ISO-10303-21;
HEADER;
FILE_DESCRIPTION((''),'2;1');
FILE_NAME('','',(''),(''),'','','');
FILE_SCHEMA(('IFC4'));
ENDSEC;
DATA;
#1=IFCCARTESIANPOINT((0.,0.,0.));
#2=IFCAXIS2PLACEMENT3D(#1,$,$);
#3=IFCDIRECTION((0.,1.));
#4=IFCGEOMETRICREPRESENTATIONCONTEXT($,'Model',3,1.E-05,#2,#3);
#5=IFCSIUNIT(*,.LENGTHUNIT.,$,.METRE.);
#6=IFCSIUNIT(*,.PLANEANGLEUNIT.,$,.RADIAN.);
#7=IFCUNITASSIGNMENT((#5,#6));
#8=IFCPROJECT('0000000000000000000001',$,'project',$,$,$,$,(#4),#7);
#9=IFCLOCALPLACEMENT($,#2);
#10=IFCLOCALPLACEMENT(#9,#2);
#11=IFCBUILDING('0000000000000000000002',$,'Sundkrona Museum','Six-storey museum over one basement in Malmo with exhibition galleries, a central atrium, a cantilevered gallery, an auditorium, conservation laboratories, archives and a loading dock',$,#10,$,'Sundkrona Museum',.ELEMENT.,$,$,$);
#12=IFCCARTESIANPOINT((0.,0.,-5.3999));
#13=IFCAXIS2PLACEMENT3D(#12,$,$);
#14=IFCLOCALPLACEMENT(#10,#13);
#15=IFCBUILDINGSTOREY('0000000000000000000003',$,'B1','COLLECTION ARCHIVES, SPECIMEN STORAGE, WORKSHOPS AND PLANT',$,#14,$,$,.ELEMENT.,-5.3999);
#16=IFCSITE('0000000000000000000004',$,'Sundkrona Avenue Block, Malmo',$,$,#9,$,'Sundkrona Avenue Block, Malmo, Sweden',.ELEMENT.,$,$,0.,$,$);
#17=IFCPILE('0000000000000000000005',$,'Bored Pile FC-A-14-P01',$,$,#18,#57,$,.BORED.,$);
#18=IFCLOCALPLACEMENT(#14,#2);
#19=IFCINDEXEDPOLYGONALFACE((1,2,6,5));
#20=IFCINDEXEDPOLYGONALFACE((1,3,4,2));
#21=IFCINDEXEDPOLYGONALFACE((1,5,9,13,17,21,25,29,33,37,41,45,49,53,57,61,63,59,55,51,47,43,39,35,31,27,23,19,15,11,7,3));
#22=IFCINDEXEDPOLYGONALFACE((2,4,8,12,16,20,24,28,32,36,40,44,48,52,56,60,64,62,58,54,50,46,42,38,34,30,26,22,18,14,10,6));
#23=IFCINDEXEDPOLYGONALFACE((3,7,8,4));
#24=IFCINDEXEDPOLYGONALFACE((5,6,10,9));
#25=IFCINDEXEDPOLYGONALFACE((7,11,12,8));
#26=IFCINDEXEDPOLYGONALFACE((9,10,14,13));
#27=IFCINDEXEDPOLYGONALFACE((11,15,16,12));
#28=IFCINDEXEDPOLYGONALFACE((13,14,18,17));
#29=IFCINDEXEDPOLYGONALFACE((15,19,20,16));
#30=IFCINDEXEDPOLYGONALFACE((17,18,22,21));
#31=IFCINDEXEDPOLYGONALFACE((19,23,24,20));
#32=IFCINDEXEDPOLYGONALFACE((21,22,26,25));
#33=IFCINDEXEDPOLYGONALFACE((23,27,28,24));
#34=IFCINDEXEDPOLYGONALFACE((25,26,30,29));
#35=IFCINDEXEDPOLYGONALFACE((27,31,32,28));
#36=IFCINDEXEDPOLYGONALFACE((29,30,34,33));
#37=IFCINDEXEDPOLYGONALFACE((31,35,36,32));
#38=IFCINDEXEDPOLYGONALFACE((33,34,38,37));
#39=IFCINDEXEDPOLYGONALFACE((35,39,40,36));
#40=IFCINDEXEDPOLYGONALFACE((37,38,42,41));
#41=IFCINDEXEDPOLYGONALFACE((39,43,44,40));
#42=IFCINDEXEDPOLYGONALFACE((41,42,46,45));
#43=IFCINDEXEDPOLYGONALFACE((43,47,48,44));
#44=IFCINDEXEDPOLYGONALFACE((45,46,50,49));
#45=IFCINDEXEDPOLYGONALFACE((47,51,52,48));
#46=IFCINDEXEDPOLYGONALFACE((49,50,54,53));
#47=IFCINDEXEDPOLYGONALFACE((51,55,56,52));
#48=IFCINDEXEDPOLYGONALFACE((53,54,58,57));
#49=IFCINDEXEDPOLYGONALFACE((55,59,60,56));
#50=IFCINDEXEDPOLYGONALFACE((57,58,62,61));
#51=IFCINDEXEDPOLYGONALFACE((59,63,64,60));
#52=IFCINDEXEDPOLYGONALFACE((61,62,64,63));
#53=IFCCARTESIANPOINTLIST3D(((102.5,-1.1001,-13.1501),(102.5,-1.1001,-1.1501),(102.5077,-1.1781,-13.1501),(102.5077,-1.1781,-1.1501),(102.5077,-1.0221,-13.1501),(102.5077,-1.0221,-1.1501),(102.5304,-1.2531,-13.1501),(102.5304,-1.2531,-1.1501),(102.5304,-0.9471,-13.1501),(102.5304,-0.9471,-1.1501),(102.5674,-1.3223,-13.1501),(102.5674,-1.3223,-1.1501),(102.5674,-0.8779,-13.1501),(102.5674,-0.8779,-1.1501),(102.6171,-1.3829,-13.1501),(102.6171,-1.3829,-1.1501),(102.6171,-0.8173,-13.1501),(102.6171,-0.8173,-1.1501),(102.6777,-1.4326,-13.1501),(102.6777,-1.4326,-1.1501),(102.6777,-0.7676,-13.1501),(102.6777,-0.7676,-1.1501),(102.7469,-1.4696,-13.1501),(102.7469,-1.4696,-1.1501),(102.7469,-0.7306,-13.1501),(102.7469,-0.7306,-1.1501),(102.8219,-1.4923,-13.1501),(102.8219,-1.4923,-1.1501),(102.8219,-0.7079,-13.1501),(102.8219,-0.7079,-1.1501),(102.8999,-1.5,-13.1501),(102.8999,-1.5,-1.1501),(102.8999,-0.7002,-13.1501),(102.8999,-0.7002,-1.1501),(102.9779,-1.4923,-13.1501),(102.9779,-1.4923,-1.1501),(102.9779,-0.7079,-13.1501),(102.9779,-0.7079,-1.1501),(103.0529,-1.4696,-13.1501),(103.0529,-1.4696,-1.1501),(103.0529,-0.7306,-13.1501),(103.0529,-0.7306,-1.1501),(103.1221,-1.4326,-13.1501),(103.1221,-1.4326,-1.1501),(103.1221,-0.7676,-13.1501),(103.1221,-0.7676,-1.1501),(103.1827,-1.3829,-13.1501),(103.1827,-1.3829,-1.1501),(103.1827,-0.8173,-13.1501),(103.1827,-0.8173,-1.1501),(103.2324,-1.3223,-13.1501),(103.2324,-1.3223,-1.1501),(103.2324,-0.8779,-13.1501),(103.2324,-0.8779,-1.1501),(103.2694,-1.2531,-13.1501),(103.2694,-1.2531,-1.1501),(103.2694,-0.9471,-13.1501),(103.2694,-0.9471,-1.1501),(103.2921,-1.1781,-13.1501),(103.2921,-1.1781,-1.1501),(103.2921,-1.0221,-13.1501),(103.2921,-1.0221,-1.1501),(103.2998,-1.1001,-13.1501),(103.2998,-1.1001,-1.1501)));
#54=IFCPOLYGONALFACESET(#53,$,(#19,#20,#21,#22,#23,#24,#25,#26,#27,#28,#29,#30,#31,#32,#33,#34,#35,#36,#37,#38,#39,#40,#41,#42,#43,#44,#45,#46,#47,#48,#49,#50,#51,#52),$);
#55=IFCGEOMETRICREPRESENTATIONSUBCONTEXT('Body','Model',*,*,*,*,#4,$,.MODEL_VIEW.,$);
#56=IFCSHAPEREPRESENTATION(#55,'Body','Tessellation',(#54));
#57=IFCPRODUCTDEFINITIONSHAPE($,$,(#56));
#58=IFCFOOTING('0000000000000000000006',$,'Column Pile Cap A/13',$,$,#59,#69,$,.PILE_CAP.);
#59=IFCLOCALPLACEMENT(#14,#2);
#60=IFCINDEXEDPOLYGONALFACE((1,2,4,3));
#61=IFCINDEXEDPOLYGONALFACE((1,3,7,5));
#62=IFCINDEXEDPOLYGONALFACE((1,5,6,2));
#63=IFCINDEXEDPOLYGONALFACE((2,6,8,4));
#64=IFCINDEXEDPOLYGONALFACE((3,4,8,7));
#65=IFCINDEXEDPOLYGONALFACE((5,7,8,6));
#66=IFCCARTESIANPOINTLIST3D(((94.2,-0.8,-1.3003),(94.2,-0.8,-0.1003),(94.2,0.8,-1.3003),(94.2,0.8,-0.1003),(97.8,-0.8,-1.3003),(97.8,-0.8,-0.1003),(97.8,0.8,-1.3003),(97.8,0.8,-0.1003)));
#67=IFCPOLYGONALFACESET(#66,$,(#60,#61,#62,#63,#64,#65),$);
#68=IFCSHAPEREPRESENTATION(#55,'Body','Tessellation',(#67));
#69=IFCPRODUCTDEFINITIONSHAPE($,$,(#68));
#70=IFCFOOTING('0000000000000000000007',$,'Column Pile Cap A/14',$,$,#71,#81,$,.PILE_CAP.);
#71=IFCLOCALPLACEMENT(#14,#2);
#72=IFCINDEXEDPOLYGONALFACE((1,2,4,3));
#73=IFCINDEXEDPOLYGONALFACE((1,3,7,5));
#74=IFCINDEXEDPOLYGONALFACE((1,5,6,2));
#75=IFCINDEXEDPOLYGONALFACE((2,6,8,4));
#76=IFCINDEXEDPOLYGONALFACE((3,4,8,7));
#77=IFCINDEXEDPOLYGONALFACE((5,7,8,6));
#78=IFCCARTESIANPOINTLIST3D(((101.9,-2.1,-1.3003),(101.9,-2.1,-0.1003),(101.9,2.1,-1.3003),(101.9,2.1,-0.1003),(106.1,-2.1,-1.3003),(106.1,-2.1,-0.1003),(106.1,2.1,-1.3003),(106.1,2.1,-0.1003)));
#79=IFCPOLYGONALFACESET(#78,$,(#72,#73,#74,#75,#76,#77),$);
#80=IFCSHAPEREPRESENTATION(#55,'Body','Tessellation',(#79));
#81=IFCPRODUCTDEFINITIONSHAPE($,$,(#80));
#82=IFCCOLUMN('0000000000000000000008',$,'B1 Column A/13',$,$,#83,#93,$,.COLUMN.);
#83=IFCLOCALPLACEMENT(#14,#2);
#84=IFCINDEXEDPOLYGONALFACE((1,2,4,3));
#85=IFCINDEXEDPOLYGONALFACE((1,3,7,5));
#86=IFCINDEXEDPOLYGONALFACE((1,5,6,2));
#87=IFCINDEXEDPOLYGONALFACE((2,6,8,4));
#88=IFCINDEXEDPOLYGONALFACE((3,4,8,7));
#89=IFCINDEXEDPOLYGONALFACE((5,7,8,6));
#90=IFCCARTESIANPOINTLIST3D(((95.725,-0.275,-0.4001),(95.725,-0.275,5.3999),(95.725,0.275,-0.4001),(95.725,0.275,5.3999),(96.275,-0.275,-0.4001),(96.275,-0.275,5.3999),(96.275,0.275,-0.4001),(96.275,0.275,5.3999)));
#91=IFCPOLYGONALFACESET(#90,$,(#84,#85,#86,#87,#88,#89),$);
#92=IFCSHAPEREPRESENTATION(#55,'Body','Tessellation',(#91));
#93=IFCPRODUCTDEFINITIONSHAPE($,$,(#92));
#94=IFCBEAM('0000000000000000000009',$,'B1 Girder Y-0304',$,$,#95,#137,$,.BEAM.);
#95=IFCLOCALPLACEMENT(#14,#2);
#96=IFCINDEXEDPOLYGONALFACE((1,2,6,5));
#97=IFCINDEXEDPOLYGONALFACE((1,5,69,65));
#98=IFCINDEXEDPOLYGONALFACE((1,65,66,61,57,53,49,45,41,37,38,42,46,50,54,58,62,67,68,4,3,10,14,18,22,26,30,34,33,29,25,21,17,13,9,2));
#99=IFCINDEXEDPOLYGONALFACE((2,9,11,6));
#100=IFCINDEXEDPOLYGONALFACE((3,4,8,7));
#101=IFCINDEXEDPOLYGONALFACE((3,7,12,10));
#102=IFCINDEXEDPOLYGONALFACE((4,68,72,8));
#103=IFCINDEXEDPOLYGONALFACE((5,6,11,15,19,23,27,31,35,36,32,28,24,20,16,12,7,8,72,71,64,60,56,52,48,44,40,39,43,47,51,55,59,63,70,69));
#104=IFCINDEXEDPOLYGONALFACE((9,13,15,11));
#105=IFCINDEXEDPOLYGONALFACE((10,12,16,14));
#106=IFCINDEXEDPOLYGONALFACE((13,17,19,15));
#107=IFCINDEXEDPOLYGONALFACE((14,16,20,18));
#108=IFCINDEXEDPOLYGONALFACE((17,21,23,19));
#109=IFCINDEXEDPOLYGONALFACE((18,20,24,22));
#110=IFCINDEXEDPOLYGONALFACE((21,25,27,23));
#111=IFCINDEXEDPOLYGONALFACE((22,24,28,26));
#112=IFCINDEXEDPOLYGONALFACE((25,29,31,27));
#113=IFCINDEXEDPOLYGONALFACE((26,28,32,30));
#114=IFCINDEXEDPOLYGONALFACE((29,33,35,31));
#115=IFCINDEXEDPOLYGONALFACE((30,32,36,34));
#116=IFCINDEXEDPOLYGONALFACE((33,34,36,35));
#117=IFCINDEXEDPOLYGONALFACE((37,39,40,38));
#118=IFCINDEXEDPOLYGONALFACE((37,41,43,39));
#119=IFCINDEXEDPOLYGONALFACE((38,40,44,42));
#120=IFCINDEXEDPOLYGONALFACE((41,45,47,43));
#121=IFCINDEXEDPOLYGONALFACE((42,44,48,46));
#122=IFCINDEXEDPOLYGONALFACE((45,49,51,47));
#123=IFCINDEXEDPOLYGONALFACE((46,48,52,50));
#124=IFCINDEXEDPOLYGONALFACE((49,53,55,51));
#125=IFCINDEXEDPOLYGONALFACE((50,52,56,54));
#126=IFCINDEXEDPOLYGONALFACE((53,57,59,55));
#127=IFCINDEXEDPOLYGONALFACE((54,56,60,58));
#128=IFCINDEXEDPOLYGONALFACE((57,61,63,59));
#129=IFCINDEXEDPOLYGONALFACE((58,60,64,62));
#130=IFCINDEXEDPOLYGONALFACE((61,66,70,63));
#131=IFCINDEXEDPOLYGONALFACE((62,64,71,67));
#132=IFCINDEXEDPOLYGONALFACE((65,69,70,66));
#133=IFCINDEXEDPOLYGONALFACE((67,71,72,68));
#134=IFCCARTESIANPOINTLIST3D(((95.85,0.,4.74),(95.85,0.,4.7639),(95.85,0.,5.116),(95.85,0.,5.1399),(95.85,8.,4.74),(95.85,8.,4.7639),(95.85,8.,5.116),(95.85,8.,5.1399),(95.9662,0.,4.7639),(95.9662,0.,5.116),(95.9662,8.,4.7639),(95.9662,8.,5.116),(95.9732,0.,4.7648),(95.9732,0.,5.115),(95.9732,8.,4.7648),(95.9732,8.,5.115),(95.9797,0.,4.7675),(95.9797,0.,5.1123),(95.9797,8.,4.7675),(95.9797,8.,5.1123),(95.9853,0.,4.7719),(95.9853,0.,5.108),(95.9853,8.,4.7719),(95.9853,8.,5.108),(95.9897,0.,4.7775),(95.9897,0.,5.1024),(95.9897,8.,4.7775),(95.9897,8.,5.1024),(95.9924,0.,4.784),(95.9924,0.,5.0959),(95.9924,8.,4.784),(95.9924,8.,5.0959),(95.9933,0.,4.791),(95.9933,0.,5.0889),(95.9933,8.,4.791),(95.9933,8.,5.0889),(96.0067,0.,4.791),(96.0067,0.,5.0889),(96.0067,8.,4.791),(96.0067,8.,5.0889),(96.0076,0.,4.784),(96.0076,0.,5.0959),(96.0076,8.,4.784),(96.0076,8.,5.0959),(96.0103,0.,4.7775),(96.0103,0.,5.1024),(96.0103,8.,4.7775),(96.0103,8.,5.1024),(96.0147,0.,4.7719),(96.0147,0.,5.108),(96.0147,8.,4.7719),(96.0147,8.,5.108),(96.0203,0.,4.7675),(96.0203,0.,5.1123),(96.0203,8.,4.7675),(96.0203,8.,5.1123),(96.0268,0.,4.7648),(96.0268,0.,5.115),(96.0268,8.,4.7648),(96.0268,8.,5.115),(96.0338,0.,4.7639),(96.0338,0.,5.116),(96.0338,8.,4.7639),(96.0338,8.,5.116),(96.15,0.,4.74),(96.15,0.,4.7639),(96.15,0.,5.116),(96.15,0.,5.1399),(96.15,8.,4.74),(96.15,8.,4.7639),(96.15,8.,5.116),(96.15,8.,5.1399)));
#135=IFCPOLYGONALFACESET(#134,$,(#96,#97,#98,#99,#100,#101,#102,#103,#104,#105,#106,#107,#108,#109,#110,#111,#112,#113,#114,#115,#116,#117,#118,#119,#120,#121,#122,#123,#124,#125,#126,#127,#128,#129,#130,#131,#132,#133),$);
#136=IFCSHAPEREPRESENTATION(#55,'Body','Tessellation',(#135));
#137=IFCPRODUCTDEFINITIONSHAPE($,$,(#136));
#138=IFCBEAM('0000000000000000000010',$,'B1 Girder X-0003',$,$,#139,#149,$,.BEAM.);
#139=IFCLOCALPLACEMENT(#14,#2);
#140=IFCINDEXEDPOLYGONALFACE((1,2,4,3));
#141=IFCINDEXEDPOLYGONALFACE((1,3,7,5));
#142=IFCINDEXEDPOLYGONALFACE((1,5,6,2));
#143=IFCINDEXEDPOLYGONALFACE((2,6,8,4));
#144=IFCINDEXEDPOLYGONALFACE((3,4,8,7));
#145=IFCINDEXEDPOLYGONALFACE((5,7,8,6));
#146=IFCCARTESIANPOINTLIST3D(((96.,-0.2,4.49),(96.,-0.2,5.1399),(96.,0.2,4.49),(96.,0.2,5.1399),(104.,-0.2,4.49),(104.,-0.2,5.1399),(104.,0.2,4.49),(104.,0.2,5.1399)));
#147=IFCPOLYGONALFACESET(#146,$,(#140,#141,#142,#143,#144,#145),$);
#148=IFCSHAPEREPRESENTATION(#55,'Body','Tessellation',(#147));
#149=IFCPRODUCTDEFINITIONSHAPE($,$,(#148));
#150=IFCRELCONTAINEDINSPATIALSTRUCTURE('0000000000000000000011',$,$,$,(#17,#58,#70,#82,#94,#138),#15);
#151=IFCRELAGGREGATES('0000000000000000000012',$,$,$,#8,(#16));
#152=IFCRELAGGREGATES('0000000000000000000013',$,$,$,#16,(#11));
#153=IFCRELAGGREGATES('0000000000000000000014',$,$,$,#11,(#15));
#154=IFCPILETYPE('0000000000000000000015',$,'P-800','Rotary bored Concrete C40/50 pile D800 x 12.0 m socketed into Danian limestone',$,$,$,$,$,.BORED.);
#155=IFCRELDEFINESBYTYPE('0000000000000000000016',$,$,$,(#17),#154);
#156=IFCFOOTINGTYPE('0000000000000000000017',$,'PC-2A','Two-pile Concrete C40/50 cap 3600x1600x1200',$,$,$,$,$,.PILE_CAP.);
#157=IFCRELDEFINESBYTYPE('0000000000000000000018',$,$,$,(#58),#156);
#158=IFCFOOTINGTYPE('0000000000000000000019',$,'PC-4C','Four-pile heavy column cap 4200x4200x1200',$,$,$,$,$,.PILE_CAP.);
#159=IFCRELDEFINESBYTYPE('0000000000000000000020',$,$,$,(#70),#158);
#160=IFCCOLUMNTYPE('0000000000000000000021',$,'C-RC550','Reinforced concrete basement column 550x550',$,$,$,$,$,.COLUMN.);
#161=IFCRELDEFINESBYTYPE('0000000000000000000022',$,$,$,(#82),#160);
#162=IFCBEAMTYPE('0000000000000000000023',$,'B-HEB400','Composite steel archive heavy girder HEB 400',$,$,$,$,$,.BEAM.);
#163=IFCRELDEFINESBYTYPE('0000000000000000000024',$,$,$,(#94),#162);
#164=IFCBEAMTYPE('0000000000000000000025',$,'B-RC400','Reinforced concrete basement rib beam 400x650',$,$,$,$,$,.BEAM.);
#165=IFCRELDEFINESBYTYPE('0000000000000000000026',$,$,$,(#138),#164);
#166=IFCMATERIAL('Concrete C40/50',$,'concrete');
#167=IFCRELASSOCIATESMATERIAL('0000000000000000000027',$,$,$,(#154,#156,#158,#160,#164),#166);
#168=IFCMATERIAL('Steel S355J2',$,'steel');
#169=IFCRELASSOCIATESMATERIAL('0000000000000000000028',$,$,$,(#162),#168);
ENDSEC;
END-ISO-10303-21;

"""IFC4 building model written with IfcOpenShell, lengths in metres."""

from ifc_helpers import new_model, si_unit, direction, frame, origin, origin_2d, place, context, subcontext, project, spatial, rectangle, circle, i_section, extrude, material, material_profile, profile_set, type_object, element, save


model = new_model("IFC4")

# Units and contexts
model_context = context("Model", 3, precision=1e-05, world=origin(), true_north=direction((0.0, 1.0)))
body_context = subcontext(model_context, "Body", "Model", "MODEL_VIEW")
ifc_project = project(units=[si_unit("LENGTHUNIT", "METRE"), si_unit("PLANEANGLEUNIT", "RADIAN")], contexts=[model_context])

# Site, building, storey
site_placement = place(None, origin())
site = spatial("IfcSite", under=ifc_project, at=site_placement, Name="Sundkrona Avenue Block, Malmo", LongName="Sundkrona Avenue Block, Malmo, Sweden", CompositionType="ELEMENT", RefElevation=0.0)
building_placement = place(site_placement, origin())
building = spatial("IfcBuilding", under=site, at=building_placement, Name="Sundkrona Museum", Description="Six-storey museum over one basement in Malmo with exhibition galleries, a central atrium, a cantilevered gallery, an auditorium, conservation laboratories, archives and a loading dock", LongName="Sundkrona Museum", CompositionType="ELEMENT")
storey_placement = place(building_placement, frame((0.0, 0.0, -5.3999)))
storey = spatial("IfcBuildingStorey", under=building, at=storey_placement, Name="B1", Description="COLLECTION ARCHIVES, SPECIMEN STORAGE, WORKSHOPS AND PLANT", CompositionType="ELEMENT", Elevation=-5.3999)

# Shared definitions
ifc_material_1 = material(Name="Concrete C40/50", Category="concrete")

# Pile
ifc_material_profile_1 = material_profile(ifc_material_1, circle(Radius=0.3999, at=origin_2d()), Name="PILE D800")
ifc_profile_set_1 = profile_set([ifc_material_profile_1], Name="Concrete C40/50")
pile_type = type_object("IfcPileType", Name="P-800", Description="Rotary bored Concrete C40/50 pile D800 x 12.0 m socketed into Danian limestone", PredefinedType="BORED", material=ifc_profile_set_1)
for number, where, z_axis, x_axis, name in (
    (1, (102.8999, -1.1001, -1.1501), (0.0, 0.0, -1.0), (1.0, 0.0, 0.0), "Bored Pile FC-A-14-P01"),
):
    element("IfcPile", number, at=place(storey_placement, frame(where, z_axis=z_axis, x_axis=x_axis)), inside=storey, type_object=pile_type, Name=name, PredefinedType="BORED", context=body_context, shape_type="SweptSolid", body=[
        extrude(circle(Radius=0.3999, at=origin_2d()), origin(), (0.0, 0.0, 1.0), 12.0),
    ])

# Footings
footing_type_1 = type_object("IfcFootingType", Name="PC-2A", Description="Two-pile Concrete C40/50 cap 3600x1600x1200", PredefinedType="PILE_CAP", material=ifc_material_1)
footing_1_placement = place(storey_placement, frame((96.0, 0.0, -1.3003), z_axis=(0.0, 0.0, 1.0), x_axis=(1.0, 0.0, 0.0)))
element("IfcFooting", 2, at=footing_1_placement, inside=storey, type_object=footing_type_1, Name="Column Pile Cap A/13", PredefinedType="PILE_CAP", context=body_context, shape_type="SweptSolid", body=[
    extrude(rectangle(XDim=3.6001, YDim=1.6001, at=origin_2d()), origin(), (0.0, 0.0, 1.0), 1.2),
])
footing_type_2 = type_object("IfcFootingType", Name="PC-4C", Description="Four-pile heavy column cap 4200x4200x1200", PredefinedType="PILE_CAP", material=ifc_material_1)
footing_2_placement = place(storey_placement, frame((104.0, 0.0, -1.3003), z_axis=(0.0, 0.0, 1.0), x_axis=(1.0, 0.0, 0.0)))
element("IfcFooting", 3, at=footing_2_placement, inside=storey, type_object=footing_type_2, Name="Column Pile Cap A/14", PredefinedType="PILE_CAP", context=body_context, shape_type="SweptSolid", body=[
    extrude(rectangle(XDim=4.2, YDim=4.2, at=origin_2d()), origin(), (0.0, 0.0, 1.0), 1.2),
])

# Column
ifc_material_profile_2 = material_profile(ifc_material_1, rectangle(XDim=0.55, YDim=0.55, at=origin_2d()), Name="RC 550x550")
ifc_profile_set_2 = profile_set([ifc_material_profile_2], Name="Concrete C40/50")
column_type = type_object("IfcColumnType", Name="C-RC550", Description="Reinforced concrete basement column 550x550", PredefinedType="COLUMN", material=ifc_profile_set_2)
column_placement = place(storey_placement, frame((96.0, 0.0, -0.4001), z_axis=(0.0, 0.0, 1.0), x_axis=(1.0, 0.0, 0.0)))
element("IfcColumn", 4, at=column_placement, inside=storey, type_object=column_type, Name="B1 Column A/13", PredefinedType="COLUMN", context=body_context, shape_type="SweptSolid", body=[
    extrude(rectangle(XDim=0.55, YDim=0.55, at=origin_2d()), origin(), (0.0, 0.0, 1.0), 5.8),
])

# Beams
ifc_material_2 = material(Name="Steel S355J2", Category="steel")
ifc_material_profile_3 = material_profile(ifc_material_2, i_section(OverallWidth=0.3, OverallDepth=0.3999, WebThickness=0.0134, FlangeThickness=0.0239, FilletRadius=0.0271, at=origin_2d()), Name="HEB 400")
ifc_profile_set_3 = profile_set([ifc_material_profile_3], Name="Steel S355J2")
beam_type_1 = type_object("IfcBeamType", Name="B-HEB400", Description="Composite steel archive heavy girder HEB 400", PredefinedType="BEAM", material=ifc_profile_set_3)
beam_1_placement = place(storey_placement, frame((96.0, 0.0, 4.9399), z_axis=(0.0, 1.0, 0.0), x_axis=(-1.0, 0.0, 0.0)))
element("IfcBeam", 5, at=beam_1_placement, inside=storey, type_object=beam_type_1, Name="B1 Girder Y-0304", PredefinedType="BEAM", context=body_context, shape_type="SweptSolid", body=[
    extrude(i_section(OverallWidth=0.3, OverallDepth=0.3999, WebThickness=0.0134, FlangeThickness=0.0239, FilletRadius=0.0271, at=origin_2d()), origin(), (0.0, 0.0, 1.0), 8.0),
])
ifc_material_profile_4 = material_profile(ifc_material_1, rectangle(XDim=0.3999, YDim=0.6499, at=origin_2d()), Name="RCB 400x650")
ifc_profile_set_4 = profile_set([ifc_material_profile_4], Name="Concrete C40/50")
beam_type_2 = type_object("IfcBeamType", Name="B-RC400", Description="Reinforced concrete basement rib beam 400x650", PredefinedType="BEAM", material=ifc_profile_set_4)
beam_2_placement = place(storey_placement, frame((96.0, 0.0, 4.8149), z_axis=(1.0, 0.0, 0.0), x_axis=(0.0, 1.0, 0.0)))
element("IfcBeam", 6, at=beam_2_placement, inside=storey, type_object=beam_type_2, Name="B1 Girder X-0003", PredefinedType="BEAM", context=body_context, shape_type="SweptSolid", body=[
    extrude(rectangle(XDim=0.3999, YDim=0.6499, at=origin_2d()), origin(), (0.0, 0.0, 1.0), 8.0),
])

save(model, "model.ifc")
